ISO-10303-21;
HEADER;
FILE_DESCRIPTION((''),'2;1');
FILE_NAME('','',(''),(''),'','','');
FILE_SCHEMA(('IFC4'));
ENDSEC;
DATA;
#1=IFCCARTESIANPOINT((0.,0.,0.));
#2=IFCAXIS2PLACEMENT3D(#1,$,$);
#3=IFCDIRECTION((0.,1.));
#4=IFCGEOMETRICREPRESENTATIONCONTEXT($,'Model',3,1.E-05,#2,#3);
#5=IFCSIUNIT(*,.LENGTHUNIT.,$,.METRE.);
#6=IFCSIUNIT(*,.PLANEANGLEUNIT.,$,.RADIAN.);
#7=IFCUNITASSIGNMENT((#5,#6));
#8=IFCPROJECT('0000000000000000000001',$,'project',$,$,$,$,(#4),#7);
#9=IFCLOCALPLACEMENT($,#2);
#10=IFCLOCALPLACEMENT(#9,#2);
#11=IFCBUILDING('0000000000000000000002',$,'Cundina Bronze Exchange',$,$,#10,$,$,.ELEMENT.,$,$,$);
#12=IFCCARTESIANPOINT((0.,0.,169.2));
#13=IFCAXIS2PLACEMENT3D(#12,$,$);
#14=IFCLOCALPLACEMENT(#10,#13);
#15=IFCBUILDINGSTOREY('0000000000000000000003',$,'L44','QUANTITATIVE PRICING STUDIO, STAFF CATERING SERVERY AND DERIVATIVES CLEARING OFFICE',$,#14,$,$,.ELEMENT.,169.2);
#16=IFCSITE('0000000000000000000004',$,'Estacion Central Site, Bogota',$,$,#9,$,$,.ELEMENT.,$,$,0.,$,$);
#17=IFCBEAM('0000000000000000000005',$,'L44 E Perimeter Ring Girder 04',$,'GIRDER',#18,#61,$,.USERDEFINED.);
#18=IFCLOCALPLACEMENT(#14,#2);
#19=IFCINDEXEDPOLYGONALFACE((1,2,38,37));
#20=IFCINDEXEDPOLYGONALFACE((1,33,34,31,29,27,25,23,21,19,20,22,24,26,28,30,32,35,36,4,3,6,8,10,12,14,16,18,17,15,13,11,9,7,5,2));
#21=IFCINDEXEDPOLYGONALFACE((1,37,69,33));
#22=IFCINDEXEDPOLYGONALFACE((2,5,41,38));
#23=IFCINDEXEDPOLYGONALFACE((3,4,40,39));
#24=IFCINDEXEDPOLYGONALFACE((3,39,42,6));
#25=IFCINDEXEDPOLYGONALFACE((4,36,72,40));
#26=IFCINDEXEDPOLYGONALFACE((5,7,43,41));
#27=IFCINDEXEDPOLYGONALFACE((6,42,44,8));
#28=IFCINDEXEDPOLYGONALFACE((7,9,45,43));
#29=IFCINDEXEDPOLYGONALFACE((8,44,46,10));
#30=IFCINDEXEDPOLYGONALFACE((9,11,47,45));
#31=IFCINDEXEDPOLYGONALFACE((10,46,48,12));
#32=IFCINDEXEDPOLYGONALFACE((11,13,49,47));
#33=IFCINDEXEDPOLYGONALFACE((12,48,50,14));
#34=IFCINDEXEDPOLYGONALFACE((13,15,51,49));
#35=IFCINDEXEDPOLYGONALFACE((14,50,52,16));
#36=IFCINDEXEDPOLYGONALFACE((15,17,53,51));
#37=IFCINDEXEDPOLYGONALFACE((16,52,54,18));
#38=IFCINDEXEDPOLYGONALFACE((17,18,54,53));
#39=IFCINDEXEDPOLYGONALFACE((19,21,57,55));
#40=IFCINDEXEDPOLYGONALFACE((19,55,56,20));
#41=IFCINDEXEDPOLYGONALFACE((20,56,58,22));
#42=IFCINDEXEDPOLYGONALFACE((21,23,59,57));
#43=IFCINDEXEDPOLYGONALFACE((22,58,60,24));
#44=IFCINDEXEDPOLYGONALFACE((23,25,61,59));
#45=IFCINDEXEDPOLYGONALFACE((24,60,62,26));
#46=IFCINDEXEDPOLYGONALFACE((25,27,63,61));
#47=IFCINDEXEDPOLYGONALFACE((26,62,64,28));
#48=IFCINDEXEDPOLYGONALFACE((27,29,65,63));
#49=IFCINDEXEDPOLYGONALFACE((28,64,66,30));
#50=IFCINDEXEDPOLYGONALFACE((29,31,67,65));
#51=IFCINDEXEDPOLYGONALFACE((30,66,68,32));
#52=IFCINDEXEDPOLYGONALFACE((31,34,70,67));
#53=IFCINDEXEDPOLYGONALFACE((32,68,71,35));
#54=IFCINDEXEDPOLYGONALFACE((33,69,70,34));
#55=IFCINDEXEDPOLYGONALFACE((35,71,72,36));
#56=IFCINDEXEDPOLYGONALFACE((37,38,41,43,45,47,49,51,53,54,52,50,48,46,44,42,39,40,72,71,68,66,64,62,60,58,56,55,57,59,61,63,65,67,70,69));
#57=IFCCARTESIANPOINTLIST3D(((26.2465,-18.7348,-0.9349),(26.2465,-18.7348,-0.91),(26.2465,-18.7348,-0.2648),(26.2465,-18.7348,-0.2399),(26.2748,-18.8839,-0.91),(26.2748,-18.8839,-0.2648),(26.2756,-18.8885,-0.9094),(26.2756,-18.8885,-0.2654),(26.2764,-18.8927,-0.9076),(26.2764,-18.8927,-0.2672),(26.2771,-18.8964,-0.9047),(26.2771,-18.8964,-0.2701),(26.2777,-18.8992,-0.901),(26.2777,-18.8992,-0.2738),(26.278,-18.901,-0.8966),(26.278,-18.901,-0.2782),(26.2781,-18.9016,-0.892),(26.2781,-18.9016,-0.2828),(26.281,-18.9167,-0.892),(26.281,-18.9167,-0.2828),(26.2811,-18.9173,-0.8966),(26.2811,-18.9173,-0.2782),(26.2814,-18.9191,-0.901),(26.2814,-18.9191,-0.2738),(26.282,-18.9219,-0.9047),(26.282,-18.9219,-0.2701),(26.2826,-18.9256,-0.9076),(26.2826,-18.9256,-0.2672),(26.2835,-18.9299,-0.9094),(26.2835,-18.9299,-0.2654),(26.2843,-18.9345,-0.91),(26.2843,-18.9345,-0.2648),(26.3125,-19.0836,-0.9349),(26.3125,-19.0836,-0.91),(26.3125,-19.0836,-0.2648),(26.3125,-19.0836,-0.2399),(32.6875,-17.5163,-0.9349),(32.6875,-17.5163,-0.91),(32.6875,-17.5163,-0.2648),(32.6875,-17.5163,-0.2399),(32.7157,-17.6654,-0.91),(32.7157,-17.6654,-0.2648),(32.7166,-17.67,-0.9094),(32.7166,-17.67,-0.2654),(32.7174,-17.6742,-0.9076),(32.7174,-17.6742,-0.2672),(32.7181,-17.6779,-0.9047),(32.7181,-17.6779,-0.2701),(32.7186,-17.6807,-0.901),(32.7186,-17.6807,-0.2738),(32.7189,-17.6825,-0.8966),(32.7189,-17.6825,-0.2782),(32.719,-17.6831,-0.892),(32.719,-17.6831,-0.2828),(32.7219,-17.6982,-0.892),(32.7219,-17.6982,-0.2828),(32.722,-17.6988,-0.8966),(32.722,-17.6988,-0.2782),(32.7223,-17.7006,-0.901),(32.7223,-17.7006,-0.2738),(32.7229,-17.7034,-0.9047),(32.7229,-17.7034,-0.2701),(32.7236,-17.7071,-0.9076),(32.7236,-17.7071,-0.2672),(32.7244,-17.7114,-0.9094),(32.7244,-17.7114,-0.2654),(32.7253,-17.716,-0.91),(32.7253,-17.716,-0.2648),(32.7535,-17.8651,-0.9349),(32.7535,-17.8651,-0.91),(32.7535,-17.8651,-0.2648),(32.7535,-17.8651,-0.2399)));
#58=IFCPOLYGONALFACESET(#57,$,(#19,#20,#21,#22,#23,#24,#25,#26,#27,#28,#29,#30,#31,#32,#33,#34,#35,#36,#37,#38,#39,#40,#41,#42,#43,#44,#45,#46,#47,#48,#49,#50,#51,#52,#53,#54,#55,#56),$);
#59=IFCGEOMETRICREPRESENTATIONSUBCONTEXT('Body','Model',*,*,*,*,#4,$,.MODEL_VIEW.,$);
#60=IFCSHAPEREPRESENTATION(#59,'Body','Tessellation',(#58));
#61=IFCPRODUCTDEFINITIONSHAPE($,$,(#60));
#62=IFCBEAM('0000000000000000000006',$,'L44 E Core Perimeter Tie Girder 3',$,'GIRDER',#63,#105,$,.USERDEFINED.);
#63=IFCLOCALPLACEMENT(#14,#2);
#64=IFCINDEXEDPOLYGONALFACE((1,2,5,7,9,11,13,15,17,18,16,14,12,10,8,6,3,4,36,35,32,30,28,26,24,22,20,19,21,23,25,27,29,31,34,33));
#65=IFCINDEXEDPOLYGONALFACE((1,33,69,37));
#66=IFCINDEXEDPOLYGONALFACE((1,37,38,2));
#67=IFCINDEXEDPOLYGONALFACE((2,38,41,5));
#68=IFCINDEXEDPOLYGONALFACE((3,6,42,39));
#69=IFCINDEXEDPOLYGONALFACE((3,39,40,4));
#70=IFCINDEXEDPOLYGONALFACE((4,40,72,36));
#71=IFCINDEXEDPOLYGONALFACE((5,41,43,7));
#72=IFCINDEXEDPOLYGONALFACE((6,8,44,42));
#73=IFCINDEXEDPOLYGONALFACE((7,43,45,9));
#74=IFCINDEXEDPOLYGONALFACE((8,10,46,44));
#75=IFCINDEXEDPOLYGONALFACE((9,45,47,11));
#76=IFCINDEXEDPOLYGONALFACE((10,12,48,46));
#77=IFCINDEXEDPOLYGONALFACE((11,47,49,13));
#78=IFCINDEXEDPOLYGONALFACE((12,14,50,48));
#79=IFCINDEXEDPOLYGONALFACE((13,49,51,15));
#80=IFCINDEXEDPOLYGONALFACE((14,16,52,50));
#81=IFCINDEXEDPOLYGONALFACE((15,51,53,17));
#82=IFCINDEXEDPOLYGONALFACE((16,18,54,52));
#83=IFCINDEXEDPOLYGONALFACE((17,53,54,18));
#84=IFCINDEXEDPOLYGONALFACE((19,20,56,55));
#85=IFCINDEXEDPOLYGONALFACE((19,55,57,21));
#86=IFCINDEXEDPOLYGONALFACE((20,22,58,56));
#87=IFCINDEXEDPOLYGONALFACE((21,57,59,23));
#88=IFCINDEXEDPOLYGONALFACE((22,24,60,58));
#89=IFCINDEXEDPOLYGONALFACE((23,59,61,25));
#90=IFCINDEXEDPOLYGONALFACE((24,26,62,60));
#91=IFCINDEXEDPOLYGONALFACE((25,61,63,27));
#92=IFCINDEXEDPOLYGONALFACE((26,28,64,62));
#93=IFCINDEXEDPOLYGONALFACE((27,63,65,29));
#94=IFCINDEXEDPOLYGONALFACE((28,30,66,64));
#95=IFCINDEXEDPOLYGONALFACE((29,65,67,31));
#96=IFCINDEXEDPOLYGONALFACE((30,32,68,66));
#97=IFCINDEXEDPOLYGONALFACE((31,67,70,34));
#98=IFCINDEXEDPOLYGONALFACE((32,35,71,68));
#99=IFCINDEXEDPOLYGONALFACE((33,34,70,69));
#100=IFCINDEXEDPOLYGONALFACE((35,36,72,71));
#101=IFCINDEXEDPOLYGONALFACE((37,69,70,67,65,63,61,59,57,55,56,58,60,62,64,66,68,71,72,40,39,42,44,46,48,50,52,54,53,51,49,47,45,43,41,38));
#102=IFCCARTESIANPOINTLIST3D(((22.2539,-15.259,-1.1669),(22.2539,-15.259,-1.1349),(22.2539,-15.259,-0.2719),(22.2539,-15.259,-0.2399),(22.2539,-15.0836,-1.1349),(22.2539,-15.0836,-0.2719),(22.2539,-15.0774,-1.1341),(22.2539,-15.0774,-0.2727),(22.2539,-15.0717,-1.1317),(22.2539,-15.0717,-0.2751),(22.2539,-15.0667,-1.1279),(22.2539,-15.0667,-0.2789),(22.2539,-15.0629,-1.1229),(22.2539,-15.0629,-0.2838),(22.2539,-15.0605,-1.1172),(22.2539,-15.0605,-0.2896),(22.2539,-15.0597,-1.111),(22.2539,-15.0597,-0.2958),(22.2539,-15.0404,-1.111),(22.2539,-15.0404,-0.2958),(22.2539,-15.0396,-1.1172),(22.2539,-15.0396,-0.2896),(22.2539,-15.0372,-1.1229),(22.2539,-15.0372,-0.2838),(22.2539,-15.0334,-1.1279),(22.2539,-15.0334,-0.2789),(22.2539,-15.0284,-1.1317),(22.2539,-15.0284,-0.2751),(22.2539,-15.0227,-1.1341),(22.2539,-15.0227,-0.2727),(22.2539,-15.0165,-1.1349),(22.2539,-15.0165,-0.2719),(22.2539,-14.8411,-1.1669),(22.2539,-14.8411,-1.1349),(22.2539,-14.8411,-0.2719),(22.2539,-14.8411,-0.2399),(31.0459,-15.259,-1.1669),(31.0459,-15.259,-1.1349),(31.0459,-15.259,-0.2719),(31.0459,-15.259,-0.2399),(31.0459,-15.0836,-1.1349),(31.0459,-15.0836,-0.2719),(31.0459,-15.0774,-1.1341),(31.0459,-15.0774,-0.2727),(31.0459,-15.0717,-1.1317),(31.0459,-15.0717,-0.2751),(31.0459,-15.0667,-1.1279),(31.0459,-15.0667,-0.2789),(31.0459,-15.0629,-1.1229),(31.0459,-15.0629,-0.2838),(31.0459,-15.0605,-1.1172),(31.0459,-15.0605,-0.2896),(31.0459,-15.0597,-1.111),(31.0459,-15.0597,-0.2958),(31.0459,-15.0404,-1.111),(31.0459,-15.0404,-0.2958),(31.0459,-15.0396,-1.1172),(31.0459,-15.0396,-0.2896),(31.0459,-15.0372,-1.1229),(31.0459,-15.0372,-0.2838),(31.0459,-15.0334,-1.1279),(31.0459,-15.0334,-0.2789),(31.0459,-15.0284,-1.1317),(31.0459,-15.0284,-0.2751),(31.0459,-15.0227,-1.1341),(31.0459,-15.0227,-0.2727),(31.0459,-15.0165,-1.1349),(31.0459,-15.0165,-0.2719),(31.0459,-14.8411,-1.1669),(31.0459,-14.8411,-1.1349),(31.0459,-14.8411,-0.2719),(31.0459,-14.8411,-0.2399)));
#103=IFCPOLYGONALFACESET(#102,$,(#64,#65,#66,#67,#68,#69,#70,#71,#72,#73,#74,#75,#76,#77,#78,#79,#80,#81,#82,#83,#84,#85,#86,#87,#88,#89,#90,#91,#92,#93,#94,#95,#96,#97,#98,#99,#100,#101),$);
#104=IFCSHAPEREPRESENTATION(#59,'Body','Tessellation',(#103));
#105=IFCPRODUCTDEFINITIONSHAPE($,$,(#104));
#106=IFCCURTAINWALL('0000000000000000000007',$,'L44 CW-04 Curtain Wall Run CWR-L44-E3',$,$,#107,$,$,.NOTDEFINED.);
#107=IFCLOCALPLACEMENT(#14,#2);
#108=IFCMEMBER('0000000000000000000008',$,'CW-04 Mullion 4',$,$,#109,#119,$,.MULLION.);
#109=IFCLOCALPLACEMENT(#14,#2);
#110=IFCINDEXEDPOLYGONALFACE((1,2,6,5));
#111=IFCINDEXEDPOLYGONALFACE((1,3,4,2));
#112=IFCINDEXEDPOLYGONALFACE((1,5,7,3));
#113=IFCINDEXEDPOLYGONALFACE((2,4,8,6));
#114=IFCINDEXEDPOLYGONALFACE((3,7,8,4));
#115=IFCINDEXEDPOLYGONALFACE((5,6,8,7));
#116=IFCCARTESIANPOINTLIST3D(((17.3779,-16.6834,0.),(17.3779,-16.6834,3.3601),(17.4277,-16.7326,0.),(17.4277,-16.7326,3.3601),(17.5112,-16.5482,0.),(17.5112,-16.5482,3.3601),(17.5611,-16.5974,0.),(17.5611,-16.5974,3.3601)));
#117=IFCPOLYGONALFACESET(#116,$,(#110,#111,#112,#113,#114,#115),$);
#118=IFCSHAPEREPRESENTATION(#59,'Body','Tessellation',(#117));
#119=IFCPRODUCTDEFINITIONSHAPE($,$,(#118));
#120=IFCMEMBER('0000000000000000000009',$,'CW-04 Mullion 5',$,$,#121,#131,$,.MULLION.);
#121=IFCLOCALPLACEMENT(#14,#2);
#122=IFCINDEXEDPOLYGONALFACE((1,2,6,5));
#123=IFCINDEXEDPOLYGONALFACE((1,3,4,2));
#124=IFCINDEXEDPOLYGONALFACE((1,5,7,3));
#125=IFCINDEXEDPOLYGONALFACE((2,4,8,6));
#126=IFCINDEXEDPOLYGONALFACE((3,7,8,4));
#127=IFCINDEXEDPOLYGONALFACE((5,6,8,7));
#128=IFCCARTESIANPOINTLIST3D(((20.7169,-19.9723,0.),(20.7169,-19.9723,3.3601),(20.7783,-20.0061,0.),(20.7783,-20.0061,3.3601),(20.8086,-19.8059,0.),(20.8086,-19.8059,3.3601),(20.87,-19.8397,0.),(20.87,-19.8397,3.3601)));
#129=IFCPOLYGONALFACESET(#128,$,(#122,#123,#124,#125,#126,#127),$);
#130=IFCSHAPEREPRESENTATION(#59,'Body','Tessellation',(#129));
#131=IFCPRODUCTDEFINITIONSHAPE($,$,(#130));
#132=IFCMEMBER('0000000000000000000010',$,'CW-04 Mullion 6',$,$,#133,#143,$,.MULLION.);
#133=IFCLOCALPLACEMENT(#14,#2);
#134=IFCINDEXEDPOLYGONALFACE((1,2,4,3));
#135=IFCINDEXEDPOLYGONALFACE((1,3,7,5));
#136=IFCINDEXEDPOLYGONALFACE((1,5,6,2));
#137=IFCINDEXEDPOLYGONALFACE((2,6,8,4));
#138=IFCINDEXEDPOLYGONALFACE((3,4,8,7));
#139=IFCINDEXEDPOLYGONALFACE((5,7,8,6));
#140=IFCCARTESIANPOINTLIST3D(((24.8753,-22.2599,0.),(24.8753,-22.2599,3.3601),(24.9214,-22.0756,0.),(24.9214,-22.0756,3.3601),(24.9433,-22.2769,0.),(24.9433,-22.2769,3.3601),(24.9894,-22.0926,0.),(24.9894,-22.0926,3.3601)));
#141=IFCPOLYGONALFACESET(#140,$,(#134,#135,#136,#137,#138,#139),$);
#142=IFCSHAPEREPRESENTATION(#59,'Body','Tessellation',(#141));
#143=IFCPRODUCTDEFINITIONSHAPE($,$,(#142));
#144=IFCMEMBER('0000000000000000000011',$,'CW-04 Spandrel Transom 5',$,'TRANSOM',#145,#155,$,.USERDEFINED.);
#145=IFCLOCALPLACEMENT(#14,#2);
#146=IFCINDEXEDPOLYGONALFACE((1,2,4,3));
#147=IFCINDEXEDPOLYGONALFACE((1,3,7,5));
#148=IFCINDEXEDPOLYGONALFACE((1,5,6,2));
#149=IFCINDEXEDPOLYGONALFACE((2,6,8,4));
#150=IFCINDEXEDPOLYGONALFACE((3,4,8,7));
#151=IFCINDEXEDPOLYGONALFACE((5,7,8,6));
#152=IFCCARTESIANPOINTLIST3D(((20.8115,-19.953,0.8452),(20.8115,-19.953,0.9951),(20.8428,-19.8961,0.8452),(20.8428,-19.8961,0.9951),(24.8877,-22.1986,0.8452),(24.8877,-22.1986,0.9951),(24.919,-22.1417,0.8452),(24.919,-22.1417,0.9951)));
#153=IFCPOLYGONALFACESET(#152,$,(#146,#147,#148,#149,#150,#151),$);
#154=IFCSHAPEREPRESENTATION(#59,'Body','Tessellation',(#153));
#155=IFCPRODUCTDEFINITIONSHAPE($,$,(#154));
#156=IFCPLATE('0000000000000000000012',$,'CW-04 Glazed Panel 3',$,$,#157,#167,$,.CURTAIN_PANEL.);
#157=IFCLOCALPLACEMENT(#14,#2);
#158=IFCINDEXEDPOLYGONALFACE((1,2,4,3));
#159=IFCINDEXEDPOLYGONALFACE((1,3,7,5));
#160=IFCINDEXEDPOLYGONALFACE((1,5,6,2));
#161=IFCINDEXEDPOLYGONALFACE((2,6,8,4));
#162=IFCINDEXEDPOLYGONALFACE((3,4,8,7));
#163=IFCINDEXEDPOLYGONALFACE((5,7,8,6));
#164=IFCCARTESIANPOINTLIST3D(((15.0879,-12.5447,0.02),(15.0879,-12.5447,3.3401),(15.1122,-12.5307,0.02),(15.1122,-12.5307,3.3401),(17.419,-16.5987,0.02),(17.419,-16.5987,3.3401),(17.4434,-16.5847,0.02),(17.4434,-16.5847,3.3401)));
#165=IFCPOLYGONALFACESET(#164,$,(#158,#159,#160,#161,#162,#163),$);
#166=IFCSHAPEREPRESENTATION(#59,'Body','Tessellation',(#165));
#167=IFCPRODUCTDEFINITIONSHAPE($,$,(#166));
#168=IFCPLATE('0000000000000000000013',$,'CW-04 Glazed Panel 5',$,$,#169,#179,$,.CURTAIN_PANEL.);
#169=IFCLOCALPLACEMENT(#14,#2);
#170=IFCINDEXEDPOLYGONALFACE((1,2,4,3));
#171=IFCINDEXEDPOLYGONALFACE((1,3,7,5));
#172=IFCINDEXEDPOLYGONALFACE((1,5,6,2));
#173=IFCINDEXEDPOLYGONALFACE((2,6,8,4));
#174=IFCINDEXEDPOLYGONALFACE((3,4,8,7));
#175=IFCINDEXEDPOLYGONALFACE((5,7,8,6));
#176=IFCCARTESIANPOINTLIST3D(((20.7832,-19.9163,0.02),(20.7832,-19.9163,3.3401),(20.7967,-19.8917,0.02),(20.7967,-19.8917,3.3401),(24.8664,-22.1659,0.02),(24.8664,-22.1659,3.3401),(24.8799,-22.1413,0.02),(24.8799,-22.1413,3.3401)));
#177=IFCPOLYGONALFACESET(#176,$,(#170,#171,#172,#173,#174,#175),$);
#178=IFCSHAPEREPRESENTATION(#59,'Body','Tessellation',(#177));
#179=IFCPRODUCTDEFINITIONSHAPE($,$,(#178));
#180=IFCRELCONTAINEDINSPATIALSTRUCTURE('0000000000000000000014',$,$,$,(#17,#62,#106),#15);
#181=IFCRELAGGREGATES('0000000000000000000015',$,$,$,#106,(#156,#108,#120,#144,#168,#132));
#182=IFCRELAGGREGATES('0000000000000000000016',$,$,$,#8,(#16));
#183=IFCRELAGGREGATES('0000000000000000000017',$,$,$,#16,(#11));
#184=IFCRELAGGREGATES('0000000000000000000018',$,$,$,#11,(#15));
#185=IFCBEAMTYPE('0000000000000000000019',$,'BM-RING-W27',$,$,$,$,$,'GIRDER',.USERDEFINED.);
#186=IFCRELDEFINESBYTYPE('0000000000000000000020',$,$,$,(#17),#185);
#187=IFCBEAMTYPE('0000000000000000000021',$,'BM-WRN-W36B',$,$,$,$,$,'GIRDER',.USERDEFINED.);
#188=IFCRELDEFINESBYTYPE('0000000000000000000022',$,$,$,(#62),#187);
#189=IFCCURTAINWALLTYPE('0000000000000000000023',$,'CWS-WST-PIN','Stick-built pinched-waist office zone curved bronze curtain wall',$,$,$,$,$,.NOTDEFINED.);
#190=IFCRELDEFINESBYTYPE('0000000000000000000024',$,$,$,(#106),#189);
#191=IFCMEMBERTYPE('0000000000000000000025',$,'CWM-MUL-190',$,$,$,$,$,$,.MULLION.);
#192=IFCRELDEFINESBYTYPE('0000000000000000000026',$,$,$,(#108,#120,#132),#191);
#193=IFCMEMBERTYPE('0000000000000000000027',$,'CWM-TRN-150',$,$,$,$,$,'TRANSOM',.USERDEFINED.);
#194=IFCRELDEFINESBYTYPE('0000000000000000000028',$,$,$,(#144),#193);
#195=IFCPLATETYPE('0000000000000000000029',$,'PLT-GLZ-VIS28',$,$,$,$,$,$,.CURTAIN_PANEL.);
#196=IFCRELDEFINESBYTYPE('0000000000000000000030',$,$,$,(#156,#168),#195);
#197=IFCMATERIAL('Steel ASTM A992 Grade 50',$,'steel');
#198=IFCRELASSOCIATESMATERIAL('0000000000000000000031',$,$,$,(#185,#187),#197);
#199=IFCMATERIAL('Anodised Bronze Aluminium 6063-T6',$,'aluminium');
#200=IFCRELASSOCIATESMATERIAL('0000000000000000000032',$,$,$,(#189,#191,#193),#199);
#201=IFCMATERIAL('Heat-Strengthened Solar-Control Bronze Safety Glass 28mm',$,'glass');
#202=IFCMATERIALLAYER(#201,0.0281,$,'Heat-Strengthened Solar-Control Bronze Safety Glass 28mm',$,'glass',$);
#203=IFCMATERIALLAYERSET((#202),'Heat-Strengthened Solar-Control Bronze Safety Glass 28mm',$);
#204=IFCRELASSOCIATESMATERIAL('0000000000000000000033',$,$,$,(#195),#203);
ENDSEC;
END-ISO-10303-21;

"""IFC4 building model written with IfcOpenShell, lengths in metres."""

from ifc_helpers import new_model, si_unit, direction, frame, origin, origin_2d, place, context, subcontext, project, spatial, rectangle, i_section, extrude, material, layer, layer_set, material_profile, profile_set, type_object, element, aggregate, save


model = new_model("IFC4")

# Units and contexts
model_context = context("Model", 3, precision=1e-05, world=origin(), true_north=direction((0.0, 1.0)))
body_context = subcontext(model_context, "Body", "Model", "MODEL_VIEW")
ifc_project = project(units=[si_unit("LENGTHUNIT", "METRE"), si_unit("PLANEANGLEUNIT", "RADIAN")], contexts=[model_context])

# Site, building, storey
site_placement = place(None, origin())
site = spatial("IfcSite", under=ifc_project, at=site_placement, Name="Estacion Central Site, Bogota", CompositionType="ELEMENT", RefElevation=0.0)
building_placement = place(site_placement, origin())
building = spatial("IfcBuilding", under=site, at=building_placement, Name="Cundina Bronze Exchange", CompositionType="ELEMENT")
storey_placement = place(building_placement, frame((0.0, 0.0, 169.2)))
storey = spatial("IfcBuildingStorey", under=building, at=storey_placement, Name="L44", Description="QUANTITATIVE PRICING STUDIO, STAFF CATERING SERVERY AND DERIVATIVES CLEARING OFFICE", CompositionType="ELEMENT", Elevation=169.2)

# Shared definitions
ifc_material_1 = material(Name="Steel ASTM A992 Grade 50", Category="steel")

# Beams
ifc_material_profile_1 = material_profile(ifc_material_1, i_section(OverallWidth=0.355, OverallDepth=0.6951, WebThickness=0.0154, FlangeThickness=0.0249, FilletRadius=0.0181, at=origin_2d()), Name="W27X146", Category="steel")
ifc_profile_set_1 = profile_set([ifc_material_profile_1], Name="Steel ASTM A992 Grade 50")
beam_type_1 = type_object("IfcBeamType", Name="BM-RING-W27", ElementType="GIRDER", PredefinedType="USERDEFINED", material=ifc_profile_set_1)
beam_1_placement = place(storey_placement, frame((26.2795, -18.9092, -0.5874), z_axis=(0.982572, 0.185885, 0.0), x_axis=(-0.185885, 0.982572, 0.0)))
element("IfcBeam", 1, at=beam_1_placement, inside=storey, type_object=beam_type_1, Name="L44 E Perimeter Ring Girder 04", ObjectType="GIRDER", PredefinedType="USERDEFINED", context=body_context, shape_type="SweptSolid", body=[
    extrude(i_section(OverallWidth=0.355, OverallDepth=0.6951, WebThickness=0.0154, FlangeThickness=0.0249, FilletRadius=0.0181, at=origin_2d()), origin(), (0.0, 0.0, 1.0), 6.5552),
])
ifc_material_profile_2 = material_profile(ifc_material_1, i_section(OverallWidth=0.418, OverallDepth=0.927, WebThickness=0.0193, FlangeThickness=0.032, FilletRadius=0.0239, at=origin_2d()), Name="W36X231", Category="steel")
ifc_profile_set_2 = profile_set([ifc_material_profile_2], Name="Steel ASTM A992 Grade 50")
beam_type_2 = type_object("IfcBeamType", Name="BM-WRN-W36B", ElementType="GIRDER", PredefinedType="USERDEFINED", material=ifc_profile_set_2)
beam_2_placement = place(storey_placement, frame((22.2539, -15.05, -0.7034), z_axis=(1.0, 0.0, 0.0), x_axis=(0.0, 1.0, 0.0)))
element("IfcBeam", 2, at=beam_2_placement, inside=storey, type_object=beam_type_2, Name="L44 E Core Perimeter Tie Girder 3", ObjectType="GIRDER", PredefinedType="USERDEFINED", context=body_context, shape_type="SweptSolid", body=[
    extrude(i_section(OverallWidth=0.418, OverallDepth=0.927, WebThickness=0.0193, FlangeThickness=0.032, FilletRadius=0.0239, at=origin_2d()), origin(), (0.0, 0.0, 1.0), 8.792),
])

# Curtain wall, members, plates
ifc_material_2 = material(Name="Anodised Bronze Aluminium 6063-T6", Category="aluminium")
curtain_wall_type = type_object("IfcCurtainWallType", Name="CWS-WST-PIN", Description="Stick-built pinched-waist office zone curved bronze curtain wall", PredefinedType="NOTDEFINED", material=ifc_material_2)
curtain_wall_placement = place(storey_placement, origin())
curtain_wall = element("IfcCurtainWall", 3, at=curtain_wall_placement, inside=storey, type_object=curtain_wall_type, Name="L44 CW-04 Curtain Wall Run CWR-L44-E3", PredefinedType="NOTDEFINED")
ifc_material_profile_3 = material_profile(ifc_material_2, rectangle(XDim=0.0701, YDim=0.1899, at=origin_2d()), Name="AL70X190", Category="aluminium")
ifc_profile_set_3 = profile_set([ifc_material_profile_3], Name="Anodised Bronze Aluminium 6063-T6")
member_type_1 = type_object("IfcMemberType", Name="CWM-MUL-190", PredefinedType="MULLION", material=ifc_profile_set_3)
member_1_placement = place(storey_placement, frame((17.4695, -16.6404, 0.0), z_axis=(0.0, 0.0, 1.0), x_axis=(0.712026, -0.702153, 0.0)))
member_1 = element("IfcMember", 4, at=member_1_placement, type_object=member_type_1, Name="CW-04 Mullion 4", PredefinedType="MULLION", context=body_context, shape_type="SweptSolid", body=[
    extrude(rectangle(XDim=0.0701, YDim=0.1899, at=origin_2d()), origin(), (0.0, 0.0, 1.0), 3.3601),
])
member_2_placement = place(storey_placement, frame((20.7935, -19.906, 0.0), z_axis=(0.0, 0.0, 1.0), x_axis=(0.875886, -0.482518, 0.0)))
member_2 = element("IfcMember", 5, at=member_2_placement, type_object=member_type_1, Name="CW-04 Mullion 5", PredefinedType="MULLION", context=body_context, shape_type="SweptSolid", body=[
    extrude(rectangle(XDim=0.0701, YDim=0.1899, at=origin_2d()), origin(), (0.0, 0.0, 1.0), 3.3601),
])
member_3_placement = place(storey_placement, frame((24.9324, -22.1763, 0.0), z_axis=(0.0, 0.0, 1.0), x_axis=(0.970084, -0.242769, 0.0)))
member_3 = element("IfcMember", 6, at=member_3_placement, type_object=member_type_1, Name="CW-04 Mullion 6", PredefinedType="MULLION", context=body_context, shape_type="SweptSolid", body=[
    extrude(rectangle(XDim=0.0701, YDim=0.1899, at=origin_2d()), origin(), (0.0, 0.0, 1.0), 3.3601),
])
ifc_material_profile_4 = material_profile(ifc_material_2, rectangle(XDim=0.0649, YDim=0.1499, at=origin_2d()), Name="AL65X150", Category="aluminium")
ifc_profile_set_4 = profile_set([ifc_material_profile_4], Name="Anodised Bronze Aluminium 6063-T6")
member_type_2 = type_object("IfcMemberType", Name="CWM-TRN-150", ElementType="TRANSOM", PredefinedType="USERDEFINED", material=ifc_profile_set_4)
member_4_placement = place(storey_placement, frame((20.8271, -19.9246, 0.9202), z_axis=(0.875879, -0.482531, 0.0), x_axis=(0.482531, 0.875879, 0.0)))
member_4 = element("IfcMember", 7, at=member_4_placement, type_object=member_type_2, Name="CW-04 Spandrel Transom 5", ObjectType="TRANSOM", PredefinedType="USERDEFINED", context=body_context, shape_type="SweptSolid", body=[
    extrude(rectangle(XDim=0.0649, YDim=0.1499, at=origin_2d()), origin(), (0.0, 0.0, 1.0), 4.6538),
])
ifc_material_3 = material(Name="Heat-Strengthened Solar-Control Bronze Safety Glass 28mm", Category="glass")
ifc_layer_1 = layer(ifc_material_3, 0.0281, Name="Heat-Strengthened Solar-Control Bronze Safety Glass 28mm", Category="glass")
ifc_layer_set_1 = layer_set([ifc_layer_1], Name="Heat-Strengthened Solar-Control Bronze Safety Glass 28mm")
plate_type_1 = type_object("IfcPlateType", Name="PLT-GLZ-VIS28", PredefinedType="CURTAIN_PANEL", material=ifc_layer_set_1)
plate_1_placement = place(storey_placement, frame((16.2656, -14.5647, 0.02), z_axis=(0.0, 0.0, 1.0), x_axis=(0.498488, -0.866897, 0.0)))
plate_1 = element("IfcPlate", 8, at=plate_1_placement, type_object=plate_type_1, Name="CW-04 Glazed Panel 3", PredefinedType="CURTAIN_PANEL", context=body_context, shape_type="SweptSolid", body=[
    extrude(rectangle(XDim=4.6765, YDim=0.0281, at=origin_2d()), origin(), (0.0, 0.0, 1.0), 3.3201),
])
plate_2_placement = place(storey_placement, frame((22.8315, -21.0288, 0.02), z_axis=(0.0, 0.0, 1.0), x_axis=(0.875869, -0.482549, 0.0)))
plate_2 = element("IfcPlate", 9, at=plate_2_placement, type_object=plate_type_1, Name="CW-04 Glazed Panel 5", PredefinedType="CURTAIN_PANEL", context=body_context, shape_type="SweptSolid", body=[
    extrude(rectangle(XDim=4.6619, YDim=0.0281, at=origin_2d()), origin(), (0.0, 0.0, 1.0), 3.3201),
])
aggregate(curtain_wall, [plate_1, member_1, member_2, member_4, plate_2, member_3])

save(model, "model.ifc")
